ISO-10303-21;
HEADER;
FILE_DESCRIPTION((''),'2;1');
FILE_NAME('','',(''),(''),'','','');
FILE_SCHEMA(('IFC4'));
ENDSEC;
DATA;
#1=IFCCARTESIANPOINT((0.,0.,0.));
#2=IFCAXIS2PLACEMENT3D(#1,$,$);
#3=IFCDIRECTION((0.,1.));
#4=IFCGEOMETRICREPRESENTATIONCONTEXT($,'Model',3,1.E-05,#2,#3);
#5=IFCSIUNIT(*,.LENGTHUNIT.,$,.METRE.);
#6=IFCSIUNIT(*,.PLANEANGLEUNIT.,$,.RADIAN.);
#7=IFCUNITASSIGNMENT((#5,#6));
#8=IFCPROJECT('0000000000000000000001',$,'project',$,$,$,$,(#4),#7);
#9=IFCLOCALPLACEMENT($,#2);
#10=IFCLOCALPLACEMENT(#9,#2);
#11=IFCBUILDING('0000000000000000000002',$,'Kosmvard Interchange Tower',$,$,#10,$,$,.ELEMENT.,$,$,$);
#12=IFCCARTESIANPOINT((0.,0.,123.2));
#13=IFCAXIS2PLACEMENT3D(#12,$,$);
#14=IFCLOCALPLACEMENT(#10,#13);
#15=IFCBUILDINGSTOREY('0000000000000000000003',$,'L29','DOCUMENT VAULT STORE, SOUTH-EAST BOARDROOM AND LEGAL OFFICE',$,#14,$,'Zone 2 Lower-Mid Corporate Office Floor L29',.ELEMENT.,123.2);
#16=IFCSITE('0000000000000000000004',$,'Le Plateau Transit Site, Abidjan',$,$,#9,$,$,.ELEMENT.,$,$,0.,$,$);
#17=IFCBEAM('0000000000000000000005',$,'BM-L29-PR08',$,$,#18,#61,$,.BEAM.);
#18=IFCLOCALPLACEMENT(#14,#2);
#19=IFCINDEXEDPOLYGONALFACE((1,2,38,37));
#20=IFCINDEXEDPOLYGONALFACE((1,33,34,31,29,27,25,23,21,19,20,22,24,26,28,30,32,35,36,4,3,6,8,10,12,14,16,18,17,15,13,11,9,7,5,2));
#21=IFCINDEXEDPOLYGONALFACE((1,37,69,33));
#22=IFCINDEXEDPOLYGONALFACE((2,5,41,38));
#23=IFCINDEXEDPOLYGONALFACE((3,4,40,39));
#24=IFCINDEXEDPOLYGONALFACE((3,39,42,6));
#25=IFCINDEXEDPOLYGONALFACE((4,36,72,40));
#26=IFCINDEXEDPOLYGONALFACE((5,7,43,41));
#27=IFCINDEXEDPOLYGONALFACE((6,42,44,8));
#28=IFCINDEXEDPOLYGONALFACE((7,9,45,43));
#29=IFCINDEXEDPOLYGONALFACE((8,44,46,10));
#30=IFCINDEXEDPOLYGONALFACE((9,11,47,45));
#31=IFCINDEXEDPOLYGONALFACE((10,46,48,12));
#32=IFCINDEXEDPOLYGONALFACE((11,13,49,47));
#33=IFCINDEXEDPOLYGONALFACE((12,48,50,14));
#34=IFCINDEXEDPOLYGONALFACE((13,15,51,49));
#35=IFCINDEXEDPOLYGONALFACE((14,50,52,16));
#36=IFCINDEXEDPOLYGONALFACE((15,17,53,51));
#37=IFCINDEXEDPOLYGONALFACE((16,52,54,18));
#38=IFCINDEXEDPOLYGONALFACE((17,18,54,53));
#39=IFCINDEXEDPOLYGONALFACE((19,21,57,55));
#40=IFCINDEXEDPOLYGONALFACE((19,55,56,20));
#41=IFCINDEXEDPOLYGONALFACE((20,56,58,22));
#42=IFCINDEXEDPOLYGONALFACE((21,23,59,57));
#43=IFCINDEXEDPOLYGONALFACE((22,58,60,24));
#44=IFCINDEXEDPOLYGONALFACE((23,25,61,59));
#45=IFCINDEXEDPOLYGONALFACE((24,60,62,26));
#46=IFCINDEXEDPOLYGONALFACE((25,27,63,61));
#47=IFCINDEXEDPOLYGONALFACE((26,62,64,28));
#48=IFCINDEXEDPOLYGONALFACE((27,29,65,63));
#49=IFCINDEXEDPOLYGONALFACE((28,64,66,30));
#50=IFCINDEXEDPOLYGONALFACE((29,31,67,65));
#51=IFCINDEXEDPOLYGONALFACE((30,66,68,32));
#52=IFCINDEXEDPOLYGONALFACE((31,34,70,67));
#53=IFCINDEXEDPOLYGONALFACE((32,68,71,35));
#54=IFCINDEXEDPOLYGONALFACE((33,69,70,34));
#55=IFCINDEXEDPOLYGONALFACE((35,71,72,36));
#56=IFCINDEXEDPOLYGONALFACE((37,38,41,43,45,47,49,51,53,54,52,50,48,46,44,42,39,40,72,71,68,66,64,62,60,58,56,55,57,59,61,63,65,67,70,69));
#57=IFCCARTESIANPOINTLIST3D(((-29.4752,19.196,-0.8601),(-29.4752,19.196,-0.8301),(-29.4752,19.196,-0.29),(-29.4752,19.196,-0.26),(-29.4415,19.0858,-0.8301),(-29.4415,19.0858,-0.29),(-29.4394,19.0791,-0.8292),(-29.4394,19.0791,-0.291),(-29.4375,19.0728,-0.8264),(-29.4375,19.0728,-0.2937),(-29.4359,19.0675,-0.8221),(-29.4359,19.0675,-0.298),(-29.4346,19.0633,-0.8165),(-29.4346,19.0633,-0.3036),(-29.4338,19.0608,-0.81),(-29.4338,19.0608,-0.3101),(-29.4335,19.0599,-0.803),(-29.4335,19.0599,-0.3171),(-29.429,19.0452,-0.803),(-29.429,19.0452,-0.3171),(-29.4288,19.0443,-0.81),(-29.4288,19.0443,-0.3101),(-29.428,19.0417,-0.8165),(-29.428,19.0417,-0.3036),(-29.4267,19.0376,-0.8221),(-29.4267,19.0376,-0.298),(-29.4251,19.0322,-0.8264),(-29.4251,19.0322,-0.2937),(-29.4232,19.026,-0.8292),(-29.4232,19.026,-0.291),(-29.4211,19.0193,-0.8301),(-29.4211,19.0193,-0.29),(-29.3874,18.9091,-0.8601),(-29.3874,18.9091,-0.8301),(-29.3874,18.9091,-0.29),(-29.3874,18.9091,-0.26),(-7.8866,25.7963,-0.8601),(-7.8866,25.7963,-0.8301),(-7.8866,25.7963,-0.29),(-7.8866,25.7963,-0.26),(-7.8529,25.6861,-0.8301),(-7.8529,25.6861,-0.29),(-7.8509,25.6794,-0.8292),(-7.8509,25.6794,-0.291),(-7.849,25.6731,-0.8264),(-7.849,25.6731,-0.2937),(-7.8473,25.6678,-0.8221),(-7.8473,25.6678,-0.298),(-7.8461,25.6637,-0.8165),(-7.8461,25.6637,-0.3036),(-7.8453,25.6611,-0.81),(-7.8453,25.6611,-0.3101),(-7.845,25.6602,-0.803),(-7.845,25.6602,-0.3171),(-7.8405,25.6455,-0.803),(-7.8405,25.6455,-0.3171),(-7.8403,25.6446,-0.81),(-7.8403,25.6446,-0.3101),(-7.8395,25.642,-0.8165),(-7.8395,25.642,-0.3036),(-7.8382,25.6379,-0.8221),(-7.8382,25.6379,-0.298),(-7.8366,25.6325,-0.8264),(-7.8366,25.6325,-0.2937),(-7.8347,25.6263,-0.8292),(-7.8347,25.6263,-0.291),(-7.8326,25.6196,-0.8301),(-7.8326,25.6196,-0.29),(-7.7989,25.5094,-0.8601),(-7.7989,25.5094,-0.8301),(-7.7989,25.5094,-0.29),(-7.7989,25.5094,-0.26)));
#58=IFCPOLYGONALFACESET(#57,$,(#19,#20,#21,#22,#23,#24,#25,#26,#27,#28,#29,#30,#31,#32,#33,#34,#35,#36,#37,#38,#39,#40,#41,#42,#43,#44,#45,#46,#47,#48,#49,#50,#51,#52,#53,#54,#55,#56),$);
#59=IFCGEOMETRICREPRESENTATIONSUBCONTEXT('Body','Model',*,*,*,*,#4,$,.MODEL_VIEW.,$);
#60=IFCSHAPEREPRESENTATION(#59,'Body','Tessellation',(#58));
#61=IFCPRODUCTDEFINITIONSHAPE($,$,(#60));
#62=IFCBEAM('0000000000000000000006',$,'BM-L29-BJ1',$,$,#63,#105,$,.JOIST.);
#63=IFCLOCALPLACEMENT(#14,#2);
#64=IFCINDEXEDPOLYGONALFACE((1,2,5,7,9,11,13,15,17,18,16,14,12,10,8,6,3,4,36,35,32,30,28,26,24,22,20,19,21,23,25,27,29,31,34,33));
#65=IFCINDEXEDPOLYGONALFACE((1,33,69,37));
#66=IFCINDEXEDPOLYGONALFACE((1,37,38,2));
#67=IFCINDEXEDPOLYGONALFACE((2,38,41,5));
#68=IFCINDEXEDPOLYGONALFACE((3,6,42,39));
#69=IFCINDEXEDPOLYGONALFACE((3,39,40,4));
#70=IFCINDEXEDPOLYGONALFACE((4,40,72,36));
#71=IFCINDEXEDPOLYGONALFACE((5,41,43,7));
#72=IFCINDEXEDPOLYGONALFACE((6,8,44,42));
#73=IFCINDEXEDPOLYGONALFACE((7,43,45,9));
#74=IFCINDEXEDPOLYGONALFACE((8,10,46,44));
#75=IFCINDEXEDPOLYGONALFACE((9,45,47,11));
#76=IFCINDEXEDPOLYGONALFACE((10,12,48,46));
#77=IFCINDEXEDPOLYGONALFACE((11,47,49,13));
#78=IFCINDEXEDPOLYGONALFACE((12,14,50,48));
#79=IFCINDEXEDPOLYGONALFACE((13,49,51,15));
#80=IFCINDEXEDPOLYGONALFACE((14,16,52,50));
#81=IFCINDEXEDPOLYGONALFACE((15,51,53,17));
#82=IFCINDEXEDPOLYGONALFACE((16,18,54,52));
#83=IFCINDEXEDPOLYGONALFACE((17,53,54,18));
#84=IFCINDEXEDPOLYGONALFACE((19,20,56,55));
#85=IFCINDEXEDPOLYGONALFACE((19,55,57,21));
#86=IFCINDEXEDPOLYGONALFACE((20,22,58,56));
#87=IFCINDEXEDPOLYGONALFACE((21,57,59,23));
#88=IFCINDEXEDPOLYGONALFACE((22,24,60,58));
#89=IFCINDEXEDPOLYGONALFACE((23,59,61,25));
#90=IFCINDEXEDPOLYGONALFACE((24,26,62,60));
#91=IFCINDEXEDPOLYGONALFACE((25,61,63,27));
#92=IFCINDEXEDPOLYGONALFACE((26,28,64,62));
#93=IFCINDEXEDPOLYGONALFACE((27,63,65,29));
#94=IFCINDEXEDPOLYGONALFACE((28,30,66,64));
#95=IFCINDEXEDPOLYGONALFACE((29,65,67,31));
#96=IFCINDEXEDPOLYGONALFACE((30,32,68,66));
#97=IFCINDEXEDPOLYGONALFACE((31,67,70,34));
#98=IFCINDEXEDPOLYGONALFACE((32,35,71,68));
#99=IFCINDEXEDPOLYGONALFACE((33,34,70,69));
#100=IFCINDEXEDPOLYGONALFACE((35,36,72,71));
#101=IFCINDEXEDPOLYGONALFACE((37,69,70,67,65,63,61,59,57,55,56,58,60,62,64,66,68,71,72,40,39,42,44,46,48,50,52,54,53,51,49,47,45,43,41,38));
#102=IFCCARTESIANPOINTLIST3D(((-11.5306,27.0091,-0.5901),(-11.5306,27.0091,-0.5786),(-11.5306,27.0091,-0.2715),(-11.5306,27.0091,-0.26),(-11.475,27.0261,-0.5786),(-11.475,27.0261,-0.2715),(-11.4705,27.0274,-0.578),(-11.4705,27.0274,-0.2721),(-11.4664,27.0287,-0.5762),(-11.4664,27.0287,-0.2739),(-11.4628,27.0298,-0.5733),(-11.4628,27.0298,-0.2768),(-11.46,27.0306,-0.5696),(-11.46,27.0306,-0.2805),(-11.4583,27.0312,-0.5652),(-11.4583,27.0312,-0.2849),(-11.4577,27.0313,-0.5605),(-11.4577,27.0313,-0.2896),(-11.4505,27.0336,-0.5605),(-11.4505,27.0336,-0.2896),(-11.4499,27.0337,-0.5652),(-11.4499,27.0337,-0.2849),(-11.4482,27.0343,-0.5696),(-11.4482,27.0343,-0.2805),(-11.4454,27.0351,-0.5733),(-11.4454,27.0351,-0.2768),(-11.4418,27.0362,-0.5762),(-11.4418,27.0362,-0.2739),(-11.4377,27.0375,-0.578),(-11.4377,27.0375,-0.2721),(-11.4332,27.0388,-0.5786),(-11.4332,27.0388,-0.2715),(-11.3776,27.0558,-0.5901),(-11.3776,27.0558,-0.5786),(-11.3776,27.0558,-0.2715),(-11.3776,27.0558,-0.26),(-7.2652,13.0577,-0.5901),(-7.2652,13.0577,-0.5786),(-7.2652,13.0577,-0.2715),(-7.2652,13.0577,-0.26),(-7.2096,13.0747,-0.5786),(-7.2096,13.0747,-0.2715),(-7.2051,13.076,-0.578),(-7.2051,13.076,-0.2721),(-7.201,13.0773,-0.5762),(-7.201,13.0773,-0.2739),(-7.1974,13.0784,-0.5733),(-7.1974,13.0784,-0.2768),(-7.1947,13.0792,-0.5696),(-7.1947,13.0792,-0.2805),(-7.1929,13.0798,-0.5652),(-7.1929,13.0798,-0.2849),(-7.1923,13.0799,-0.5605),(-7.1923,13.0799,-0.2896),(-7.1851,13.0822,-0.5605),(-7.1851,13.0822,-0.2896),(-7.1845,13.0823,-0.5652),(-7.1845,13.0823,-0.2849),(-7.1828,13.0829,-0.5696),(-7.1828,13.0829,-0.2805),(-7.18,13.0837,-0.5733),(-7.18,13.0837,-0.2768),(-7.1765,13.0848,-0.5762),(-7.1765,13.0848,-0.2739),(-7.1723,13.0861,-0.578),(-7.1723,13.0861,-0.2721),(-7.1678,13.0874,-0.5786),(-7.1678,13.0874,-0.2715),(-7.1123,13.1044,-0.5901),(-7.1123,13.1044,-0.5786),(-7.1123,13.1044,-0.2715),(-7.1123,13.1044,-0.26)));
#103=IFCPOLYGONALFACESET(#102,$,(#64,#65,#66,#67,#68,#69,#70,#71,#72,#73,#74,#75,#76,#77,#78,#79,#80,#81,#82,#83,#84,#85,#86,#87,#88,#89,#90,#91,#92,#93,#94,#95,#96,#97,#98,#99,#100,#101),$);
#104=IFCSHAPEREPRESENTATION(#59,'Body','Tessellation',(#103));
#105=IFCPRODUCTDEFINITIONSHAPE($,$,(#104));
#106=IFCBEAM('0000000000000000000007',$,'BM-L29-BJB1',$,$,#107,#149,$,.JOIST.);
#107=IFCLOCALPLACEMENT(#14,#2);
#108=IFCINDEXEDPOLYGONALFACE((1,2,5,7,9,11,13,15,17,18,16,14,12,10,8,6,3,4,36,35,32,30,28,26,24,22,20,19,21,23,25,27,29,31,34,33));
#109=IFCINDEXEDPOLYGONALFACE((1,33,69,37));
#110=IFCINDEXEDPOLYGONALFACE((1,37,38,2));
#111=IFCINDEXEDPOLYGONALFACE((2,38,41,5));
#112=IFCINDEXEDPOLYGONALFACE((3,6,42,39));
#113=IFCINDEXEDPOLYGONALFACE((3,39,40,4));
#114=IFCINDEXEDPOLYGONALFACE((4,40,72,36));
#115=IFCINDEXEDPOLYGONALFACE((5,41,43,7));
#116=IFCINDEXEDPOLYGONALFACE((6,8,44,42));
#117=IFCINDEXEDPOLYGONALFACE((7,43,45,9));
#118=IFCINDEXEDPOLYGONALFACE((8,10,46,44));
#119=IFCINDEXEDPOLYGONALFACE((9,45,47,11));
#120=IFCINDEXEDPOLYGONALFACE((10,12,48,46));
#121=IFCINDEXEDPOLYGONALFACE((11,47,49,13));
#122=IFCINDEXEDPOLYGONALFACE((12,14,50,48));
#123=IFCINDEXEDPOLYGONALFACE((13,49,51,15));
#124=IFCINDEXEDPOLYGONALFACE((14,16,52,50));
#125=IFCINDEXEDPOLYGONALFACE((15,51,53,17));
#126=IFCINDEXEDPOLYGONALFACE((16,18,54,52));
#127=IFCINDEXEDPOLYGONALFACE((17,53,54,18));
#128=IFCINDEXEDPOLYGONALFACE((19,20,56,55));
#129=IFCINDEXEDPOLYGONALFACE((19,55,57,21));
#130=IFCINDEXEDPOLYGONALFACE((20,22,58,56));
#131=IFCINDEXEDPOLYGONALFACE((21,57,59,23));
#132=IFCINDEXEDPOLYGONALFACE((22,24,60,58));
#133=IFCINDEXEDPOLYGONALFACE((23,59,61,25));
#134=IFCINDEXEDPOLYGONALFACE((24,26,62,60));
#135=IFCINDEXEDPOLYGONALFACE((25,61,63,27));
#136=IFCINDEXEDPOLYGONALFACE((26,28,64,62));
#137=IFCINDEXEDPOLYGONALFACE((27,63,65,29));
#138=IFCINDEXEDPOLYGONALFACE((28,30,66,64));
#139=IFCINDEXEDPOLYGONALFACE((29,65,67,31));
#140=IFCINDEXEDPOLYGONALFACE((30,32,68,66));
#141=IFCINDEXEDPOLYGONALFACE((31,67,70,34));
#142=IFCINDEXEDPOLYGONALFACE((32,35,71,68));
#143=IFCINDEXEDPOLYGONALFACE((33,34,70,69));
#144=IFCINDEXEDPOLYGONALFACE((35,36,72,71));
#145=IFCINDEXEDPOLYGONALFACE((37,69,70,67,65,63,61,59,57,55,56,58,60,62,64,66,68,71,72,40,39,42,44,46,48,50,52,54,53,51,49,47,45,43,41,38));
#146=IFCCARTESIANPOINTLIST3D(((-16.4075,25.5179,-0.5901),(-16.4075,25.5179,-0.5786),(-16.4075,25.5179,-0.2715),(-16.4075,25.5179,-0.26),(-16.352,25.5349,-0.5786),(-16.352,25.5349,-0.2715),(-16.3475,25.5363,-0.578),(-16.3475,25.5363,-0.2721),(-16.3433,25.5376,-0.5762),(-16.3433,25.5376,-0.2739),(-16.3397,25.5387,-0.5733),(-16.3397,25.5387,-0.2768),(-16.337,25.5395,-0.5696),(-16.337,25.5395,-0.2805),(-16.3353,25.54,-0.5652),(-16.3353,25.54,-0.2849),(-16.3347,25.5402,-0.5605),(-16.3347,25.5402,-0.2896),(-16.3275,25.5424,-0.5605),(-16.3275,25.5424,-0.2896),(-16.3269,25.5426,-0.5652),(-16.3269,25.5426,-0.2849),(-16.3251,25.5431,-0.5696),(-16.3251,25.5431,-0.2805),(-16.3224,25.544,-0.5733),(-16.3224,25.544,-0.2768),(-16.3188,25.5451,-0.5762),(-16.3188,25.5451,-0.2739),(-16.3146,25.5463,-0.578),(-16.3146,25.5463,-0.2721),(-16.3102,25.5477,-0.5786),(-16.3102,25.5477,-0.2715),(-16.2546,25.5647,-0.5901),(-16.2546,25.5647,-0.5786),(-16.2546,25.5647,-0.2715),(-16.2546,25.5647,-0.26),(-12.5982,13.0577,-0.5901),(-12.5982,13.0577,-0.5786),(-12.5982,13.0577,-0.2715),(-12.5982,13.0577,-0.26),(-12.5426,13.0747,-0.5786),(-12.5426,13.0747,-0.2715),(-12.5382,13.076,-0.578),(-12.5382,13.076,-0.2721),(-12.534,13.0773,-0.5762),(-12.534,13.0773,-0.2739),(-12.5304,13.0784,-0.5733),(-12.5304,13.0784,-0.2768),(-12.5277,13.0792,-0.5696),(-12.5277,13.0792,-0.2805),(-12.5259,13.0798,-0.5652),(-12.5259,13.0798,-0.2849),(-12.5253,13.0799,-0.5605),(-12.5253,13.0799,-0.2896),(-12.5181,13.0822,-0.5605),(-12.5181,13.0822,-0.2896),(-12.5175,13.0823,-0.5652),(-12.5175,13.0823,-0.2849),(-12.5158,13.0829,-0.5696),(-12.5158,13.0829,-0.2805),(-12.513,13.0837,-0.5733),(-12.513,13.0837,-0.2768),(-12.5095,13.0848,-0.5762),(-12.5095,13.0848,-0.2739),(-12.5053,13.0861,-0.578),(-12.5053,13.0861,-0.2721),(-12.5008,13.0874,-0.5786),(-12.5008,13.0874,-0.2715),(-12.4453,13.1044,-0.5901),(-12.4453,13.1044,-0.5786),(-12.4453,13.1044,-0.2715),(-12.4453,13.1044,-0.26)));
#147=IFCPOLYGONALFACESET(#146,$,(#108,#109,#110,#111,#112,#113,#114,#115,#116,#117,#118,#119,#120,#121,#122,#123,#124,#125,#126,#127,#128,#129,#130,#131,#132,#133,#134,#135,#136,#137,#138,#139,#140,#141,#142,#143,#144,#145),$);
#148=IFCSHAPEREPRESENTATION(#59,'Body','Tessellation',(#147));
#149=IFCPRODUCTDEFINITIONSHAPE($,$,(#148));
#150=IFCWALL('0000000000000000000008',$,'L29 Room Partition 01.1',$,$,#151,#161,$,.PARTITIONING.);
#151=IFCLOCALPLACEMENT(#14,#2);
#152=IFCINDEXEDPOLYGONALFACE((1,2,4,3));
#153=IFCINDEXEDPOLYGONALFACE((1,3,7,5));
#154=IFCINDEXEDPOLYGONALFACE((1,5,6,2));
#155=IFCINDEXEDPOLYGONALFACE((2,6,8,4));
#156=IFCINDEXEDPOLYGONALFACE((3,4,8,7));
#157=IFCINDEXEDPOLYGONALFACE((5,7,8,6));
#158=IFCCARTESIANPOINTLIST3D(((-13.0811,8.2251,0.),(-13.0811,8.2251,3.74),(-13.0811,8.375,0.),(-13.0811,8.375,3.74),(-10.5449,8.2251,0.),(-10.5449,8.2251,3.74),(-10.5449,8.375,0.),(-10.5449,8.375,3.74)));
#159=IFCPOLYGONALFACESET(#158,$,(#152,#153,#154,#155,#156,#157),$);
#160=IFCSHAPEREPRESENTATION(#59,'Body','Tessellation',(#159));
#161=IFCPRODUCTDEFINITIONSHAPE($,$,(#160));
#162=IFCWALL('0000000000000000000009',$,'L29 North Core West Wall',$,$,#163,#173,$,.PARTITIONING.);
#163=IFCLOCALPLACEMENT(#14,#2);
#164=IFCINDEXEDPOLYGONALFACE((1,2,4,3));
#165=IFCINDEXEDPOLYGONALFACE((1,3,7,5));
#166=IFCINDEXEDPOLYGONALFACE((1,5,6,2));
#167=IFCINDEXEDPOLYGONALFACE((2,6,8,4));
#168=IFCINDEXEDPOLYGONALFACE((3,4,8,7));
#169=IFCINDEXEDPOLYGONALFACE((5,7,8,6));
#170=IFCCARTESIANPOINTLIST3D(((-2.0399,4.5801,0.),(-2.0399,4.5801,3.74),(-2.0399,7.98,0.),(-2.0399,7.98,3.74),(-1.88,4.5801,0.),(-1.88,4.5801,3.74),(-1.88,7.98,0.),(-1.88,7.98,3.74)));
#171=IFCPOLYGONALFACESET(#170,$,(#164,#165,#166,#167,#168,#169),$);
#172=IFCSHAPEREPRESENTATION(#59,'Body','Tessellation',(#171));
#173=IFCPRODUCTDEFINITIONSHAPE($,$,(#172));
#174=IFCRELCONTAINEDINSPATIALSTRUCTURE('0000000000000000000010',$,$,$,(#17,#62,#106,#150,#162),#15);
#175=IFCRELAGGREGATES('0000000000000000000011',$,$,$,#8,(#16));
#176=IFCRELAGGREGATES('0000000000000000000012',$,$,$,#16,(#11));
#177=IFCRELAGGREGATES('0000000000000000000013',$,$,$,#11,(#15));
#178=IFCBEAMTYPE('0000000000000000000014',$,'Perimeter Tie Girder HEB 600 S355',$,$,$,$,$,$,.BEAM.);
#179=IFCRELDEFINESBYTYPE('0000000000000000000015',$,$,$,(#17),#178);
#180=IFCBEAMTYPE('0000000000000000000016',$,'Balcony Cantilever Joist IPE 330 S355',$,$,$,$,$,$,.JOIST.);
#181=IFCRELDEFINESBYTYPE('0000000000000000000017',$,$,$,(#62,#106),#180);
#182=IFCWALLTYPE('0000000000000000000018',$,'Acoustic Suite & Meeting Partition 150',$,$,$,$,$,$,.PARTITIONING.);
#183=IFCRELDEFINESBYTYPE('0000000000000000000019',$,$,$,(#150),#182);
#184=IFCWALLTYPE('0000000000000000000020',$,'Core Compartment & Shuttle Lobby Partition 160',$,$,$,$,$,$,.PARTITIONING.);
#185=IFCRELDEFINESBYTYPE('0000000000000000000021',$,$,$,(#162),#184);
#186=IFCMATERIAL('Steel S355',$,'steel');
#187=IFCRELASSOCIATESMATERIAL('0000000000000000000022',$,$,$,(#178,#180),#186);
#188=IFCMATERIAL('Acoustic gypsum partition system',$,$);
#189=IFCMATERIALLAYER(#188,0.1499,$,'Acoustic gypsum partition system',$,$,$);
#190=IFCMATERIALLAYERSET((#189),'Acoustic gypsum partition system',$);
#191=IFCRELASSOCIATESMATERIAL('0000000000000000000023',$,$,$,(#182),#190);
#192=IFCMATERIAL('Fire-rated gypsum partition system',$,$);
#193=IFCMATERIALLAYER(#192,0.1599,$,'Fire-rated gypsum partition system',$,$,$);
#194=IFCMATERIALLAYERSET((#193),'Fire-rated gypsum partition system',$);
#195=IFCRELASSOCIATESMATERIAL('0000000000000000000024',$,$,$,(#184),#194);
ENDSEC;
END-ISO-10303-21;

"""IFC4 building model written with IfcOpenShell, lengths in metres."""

from ifc_helpers import new_model, si_unit, direction, frame, frame_2d, origin, origin_2d, place, context, subcontext, project, spatial, rectangle, i_section, extrude, source, transform, mapped, material, layer, layer_set, material_profile, profile_set, type_object, element, save


model = new_model("IFC4")

# Units and contexts
model_context = context("Model", 3, precision=1e-05, world=origin(), true_north=direction((0.0, 1.0)))
body_context = subcontext(model_context, "Body", "Model", "MODEL_VIEW")
ifc_project = project(units=[si_unit("LENGTHUNIT", "METRE"), si_unit("PLANEANGLEUNIT", "RADIAN")], contexts=[model_context])

# Site, building, storey
site_placement = place(None, origin())
site = spatial("IfcSite", under=ifc_project, at=site_placement, Name="Le Plateau Transit Site, Abidjan", CompositionType="ELEMENT", RefElevation=0.0)
building_placement = place(site_placement, origin())
building = spatial("IfcBuilding", under=site, at=building_placement, Name="Kosmvard Interchange Tower", CompositionType="ELEMENT")
storey_placement = place(building_placement, frame((0.0, 0.0, 123.2)))
storey = spatial("IfcBuildingStorey", under=building, at=storey_placement, Name="L29", Description="DOCUMENT VAULT STORE, SOUTH-EAST BOARDROOM AND LEGAL OFFICE", LongName="Zone 2 Lower-Mid Corporate Office Floor L29", CompositionType="ELEMENT", Elevation=123.2)

# Beams
ifc_material_1 = material(Name="Steel S355", Category="steel")
ifc_material_profile_1 = material_profile(ifc_material_1, i_section(OverallWidth=0.3, OverallDepth=0.6001, WebThickness=0.0154, FlangeThickness=0.03, FilletRadius=0.0271, at=origin_2d()), Name="HEB 600")
ifc_profile_set_1 = profile_set([ifc_material_profile_1], Name="Steel S355")
beam_type_1 = type_object("IfcBeamType", Name="Perimeter Tie Girder HEB 600 S355", PredefinedType="BEAM", material=ifc_profile_set_1)
shared_shape_1 = source(origin(), body_context, "Body", "SweptSolid", [
    extrude(i_section(OverallWidth=0.3, OverallDepth=0.6001, WebThickness=0.0154, FlangeThickness=0.03, FilletRadius=0.0271, at=origin_2d()), origin(), (0.0, 0.0, 1.0), 22.575),
])
beam_1_placement = place(storey_placement, frame((-7.8428, 25.6528, -0.5601), z_axis=(-0.956304, -0.292373, 0.0), x_axis=(0.292373, -0.956304, 0.0)))
element("IfcBeam", 1, at=beam_1_placement, inside=storey, type_object=beam_type_1, Name="BM-L29-PR08", PredefinedType="BEAM", context=body_context, shape_type="MappedRepresentation", body=[
    mapped(shared_shape_1, transform((0.0, 0.0, 0.0), scale=1.0)),
])
ifc_material_profile_2 = material_profile(ifc_material_1, i_section(OverallWidth=0.1599, OverallDepth=0.3301, WebThickness=0.0076, FlangeThickness=0.0115, FilletRadius=0.0181, at=origin_2d()), Name="IPE 330")
ifc_profile_set_2 = profile_set([ifc_material_profile_2], Name="Steel S355")
beam_type_2 = type_object("IfcBeamType", Name="Balcony Cantilever Joist IPE 330 S355", PredefinedType="JOIST", material=ifc_profile_set_2)
shared_shape_2 = source(origin(), body_context, "Body", "SweptSolid", [
    extrude(i_section(OverallWidth=0.1599, OverallDepth=0.3301, WebThickness=0.0076, FlangeThickness=0.0115, FilletRadius=0.0181, at=origin_2d()), origin(), (0.0, 0.0, 1.0), 14.5889),
])
beam_2_placement = place(storey_placement, frame((-7.1887, 13.0811, -0.425), z_axis=(-0.292372, 0.956305, 0.0), x_axis=(-0.956305, -0.292372, 0.0)))
element("IfcBeam", 2, at=beam_2_placement, inside=storey, type_object=beam_type_2, Name="BM-L29-BJ1", PredefinedType="JOIST", context=body_context, shape_type="MappedRepresentation", body=[
    mapped(shared_shape_2, transform((0.0, 0.0, 0.0), scale=1.0)),
])
shared_shape_3 = source(origin(), body_context, "Body", "SweptSolid", [
    extrude(i_section(OverallWidth=0.1599, OverallDepth=0.3301, WebThickness=0.0076, FlangeThickness=0.0115, FilletRadius=0.0181, at=origin_2d()), origin(), (0.0, 0.0, 1.0), 13.0295),
])
beam_3_placement = place(storey_placement, frame((-12.5217, 13.0811, -0.425), z_axis=(-0.292362, 0.956308, 0.0), x_axis=(-0.956308, -0.292362, 0.0)))
element("IfcBeam", 3, at=beam_3_placement, inside=storey, type_object=beam_type_2, Name="BM-L29-BJB1", PredefinedType="JOIST", context=body_context, shape_type="MappedRepresentation", body=[
    mapped(shared_shape_3, transform((0.0, 0.0, 0.0), scale=1.0)),
])

# Walls
ifc_material_2 = material(Name="Acoustic gypsum partition system")
ifc_layer_1 = layer(ifc_material_2, 0.1499, Name="Acoustic gypsum partition system")
ifc_layer_set_1 = layer_set([ifc_layer_1], Name="Acoustic gypsum partition system")
wall_type_1 = type_object("IfcWallType", Name="Acoustic Suite & Meeting Partition 150", PredefinedType="PARTITIONING", material=ifc_layer_set_1)
wall_1_placement = place(storey_placement, frame((-10.5449, 8.3, 0.0), z_axis=(0.0, 0.0, 1.0), x_axis=(-1.0, 0.0, 0.0)))
element("IfcWall", 4, at=wall_1_placement, inside=storey, type_object=wall_type_1, Name="L29 Room Partition 01.1", PredefinedType="PARTITIONING", context=body_context, shape_type="SweptSolid", body=[
    extrude(rectangle(XDim=2.5361, YDim=0.1499, at=frame_2d((1.2681, 0.0))), origin(), (0.0, 0.0, 1.0), 3.74),
])
ifc_material_3 = material(Name="Fire-rated gypsum partition system")
ifc_layer_2 = layer(ifc_material_3, 0.1599, Name="Fire-rated gypsum partition system")
ifc_layer_set_2 = layer_set([ifc_layer_2], Name="Fire-rated gypsum partition system")
wall_type_2 = type_object("IfcWallType", Name="Core Compartment & Shuttle Lobby Partition 160", PredefinedType="PARTITIONING", material=ifc_layer_set_2)
wall_2_placement = place(storey_placement, frame((-1.96, 4.5801, 0.0), z_axis=(0.0, 0.0, 1.0), x_axis=(0.0, 1.0, 0.0)))
element("IfcWall", 5, at=wall_2_placement, inside=storey, type_object=wall_type_2, Name="L29 North Core West Wall", PredefinedType="PARTITIONING", context=body_context, shape_type="SweptSolid", body=[
    extrude(rectangle(XDim=3.3999, YDim=0.1599, at=frame_2d((1.7, 0.0))), origin(), (0.0, 0.0, 1.0), 3.74),
])

save(model, "model.ifc")
